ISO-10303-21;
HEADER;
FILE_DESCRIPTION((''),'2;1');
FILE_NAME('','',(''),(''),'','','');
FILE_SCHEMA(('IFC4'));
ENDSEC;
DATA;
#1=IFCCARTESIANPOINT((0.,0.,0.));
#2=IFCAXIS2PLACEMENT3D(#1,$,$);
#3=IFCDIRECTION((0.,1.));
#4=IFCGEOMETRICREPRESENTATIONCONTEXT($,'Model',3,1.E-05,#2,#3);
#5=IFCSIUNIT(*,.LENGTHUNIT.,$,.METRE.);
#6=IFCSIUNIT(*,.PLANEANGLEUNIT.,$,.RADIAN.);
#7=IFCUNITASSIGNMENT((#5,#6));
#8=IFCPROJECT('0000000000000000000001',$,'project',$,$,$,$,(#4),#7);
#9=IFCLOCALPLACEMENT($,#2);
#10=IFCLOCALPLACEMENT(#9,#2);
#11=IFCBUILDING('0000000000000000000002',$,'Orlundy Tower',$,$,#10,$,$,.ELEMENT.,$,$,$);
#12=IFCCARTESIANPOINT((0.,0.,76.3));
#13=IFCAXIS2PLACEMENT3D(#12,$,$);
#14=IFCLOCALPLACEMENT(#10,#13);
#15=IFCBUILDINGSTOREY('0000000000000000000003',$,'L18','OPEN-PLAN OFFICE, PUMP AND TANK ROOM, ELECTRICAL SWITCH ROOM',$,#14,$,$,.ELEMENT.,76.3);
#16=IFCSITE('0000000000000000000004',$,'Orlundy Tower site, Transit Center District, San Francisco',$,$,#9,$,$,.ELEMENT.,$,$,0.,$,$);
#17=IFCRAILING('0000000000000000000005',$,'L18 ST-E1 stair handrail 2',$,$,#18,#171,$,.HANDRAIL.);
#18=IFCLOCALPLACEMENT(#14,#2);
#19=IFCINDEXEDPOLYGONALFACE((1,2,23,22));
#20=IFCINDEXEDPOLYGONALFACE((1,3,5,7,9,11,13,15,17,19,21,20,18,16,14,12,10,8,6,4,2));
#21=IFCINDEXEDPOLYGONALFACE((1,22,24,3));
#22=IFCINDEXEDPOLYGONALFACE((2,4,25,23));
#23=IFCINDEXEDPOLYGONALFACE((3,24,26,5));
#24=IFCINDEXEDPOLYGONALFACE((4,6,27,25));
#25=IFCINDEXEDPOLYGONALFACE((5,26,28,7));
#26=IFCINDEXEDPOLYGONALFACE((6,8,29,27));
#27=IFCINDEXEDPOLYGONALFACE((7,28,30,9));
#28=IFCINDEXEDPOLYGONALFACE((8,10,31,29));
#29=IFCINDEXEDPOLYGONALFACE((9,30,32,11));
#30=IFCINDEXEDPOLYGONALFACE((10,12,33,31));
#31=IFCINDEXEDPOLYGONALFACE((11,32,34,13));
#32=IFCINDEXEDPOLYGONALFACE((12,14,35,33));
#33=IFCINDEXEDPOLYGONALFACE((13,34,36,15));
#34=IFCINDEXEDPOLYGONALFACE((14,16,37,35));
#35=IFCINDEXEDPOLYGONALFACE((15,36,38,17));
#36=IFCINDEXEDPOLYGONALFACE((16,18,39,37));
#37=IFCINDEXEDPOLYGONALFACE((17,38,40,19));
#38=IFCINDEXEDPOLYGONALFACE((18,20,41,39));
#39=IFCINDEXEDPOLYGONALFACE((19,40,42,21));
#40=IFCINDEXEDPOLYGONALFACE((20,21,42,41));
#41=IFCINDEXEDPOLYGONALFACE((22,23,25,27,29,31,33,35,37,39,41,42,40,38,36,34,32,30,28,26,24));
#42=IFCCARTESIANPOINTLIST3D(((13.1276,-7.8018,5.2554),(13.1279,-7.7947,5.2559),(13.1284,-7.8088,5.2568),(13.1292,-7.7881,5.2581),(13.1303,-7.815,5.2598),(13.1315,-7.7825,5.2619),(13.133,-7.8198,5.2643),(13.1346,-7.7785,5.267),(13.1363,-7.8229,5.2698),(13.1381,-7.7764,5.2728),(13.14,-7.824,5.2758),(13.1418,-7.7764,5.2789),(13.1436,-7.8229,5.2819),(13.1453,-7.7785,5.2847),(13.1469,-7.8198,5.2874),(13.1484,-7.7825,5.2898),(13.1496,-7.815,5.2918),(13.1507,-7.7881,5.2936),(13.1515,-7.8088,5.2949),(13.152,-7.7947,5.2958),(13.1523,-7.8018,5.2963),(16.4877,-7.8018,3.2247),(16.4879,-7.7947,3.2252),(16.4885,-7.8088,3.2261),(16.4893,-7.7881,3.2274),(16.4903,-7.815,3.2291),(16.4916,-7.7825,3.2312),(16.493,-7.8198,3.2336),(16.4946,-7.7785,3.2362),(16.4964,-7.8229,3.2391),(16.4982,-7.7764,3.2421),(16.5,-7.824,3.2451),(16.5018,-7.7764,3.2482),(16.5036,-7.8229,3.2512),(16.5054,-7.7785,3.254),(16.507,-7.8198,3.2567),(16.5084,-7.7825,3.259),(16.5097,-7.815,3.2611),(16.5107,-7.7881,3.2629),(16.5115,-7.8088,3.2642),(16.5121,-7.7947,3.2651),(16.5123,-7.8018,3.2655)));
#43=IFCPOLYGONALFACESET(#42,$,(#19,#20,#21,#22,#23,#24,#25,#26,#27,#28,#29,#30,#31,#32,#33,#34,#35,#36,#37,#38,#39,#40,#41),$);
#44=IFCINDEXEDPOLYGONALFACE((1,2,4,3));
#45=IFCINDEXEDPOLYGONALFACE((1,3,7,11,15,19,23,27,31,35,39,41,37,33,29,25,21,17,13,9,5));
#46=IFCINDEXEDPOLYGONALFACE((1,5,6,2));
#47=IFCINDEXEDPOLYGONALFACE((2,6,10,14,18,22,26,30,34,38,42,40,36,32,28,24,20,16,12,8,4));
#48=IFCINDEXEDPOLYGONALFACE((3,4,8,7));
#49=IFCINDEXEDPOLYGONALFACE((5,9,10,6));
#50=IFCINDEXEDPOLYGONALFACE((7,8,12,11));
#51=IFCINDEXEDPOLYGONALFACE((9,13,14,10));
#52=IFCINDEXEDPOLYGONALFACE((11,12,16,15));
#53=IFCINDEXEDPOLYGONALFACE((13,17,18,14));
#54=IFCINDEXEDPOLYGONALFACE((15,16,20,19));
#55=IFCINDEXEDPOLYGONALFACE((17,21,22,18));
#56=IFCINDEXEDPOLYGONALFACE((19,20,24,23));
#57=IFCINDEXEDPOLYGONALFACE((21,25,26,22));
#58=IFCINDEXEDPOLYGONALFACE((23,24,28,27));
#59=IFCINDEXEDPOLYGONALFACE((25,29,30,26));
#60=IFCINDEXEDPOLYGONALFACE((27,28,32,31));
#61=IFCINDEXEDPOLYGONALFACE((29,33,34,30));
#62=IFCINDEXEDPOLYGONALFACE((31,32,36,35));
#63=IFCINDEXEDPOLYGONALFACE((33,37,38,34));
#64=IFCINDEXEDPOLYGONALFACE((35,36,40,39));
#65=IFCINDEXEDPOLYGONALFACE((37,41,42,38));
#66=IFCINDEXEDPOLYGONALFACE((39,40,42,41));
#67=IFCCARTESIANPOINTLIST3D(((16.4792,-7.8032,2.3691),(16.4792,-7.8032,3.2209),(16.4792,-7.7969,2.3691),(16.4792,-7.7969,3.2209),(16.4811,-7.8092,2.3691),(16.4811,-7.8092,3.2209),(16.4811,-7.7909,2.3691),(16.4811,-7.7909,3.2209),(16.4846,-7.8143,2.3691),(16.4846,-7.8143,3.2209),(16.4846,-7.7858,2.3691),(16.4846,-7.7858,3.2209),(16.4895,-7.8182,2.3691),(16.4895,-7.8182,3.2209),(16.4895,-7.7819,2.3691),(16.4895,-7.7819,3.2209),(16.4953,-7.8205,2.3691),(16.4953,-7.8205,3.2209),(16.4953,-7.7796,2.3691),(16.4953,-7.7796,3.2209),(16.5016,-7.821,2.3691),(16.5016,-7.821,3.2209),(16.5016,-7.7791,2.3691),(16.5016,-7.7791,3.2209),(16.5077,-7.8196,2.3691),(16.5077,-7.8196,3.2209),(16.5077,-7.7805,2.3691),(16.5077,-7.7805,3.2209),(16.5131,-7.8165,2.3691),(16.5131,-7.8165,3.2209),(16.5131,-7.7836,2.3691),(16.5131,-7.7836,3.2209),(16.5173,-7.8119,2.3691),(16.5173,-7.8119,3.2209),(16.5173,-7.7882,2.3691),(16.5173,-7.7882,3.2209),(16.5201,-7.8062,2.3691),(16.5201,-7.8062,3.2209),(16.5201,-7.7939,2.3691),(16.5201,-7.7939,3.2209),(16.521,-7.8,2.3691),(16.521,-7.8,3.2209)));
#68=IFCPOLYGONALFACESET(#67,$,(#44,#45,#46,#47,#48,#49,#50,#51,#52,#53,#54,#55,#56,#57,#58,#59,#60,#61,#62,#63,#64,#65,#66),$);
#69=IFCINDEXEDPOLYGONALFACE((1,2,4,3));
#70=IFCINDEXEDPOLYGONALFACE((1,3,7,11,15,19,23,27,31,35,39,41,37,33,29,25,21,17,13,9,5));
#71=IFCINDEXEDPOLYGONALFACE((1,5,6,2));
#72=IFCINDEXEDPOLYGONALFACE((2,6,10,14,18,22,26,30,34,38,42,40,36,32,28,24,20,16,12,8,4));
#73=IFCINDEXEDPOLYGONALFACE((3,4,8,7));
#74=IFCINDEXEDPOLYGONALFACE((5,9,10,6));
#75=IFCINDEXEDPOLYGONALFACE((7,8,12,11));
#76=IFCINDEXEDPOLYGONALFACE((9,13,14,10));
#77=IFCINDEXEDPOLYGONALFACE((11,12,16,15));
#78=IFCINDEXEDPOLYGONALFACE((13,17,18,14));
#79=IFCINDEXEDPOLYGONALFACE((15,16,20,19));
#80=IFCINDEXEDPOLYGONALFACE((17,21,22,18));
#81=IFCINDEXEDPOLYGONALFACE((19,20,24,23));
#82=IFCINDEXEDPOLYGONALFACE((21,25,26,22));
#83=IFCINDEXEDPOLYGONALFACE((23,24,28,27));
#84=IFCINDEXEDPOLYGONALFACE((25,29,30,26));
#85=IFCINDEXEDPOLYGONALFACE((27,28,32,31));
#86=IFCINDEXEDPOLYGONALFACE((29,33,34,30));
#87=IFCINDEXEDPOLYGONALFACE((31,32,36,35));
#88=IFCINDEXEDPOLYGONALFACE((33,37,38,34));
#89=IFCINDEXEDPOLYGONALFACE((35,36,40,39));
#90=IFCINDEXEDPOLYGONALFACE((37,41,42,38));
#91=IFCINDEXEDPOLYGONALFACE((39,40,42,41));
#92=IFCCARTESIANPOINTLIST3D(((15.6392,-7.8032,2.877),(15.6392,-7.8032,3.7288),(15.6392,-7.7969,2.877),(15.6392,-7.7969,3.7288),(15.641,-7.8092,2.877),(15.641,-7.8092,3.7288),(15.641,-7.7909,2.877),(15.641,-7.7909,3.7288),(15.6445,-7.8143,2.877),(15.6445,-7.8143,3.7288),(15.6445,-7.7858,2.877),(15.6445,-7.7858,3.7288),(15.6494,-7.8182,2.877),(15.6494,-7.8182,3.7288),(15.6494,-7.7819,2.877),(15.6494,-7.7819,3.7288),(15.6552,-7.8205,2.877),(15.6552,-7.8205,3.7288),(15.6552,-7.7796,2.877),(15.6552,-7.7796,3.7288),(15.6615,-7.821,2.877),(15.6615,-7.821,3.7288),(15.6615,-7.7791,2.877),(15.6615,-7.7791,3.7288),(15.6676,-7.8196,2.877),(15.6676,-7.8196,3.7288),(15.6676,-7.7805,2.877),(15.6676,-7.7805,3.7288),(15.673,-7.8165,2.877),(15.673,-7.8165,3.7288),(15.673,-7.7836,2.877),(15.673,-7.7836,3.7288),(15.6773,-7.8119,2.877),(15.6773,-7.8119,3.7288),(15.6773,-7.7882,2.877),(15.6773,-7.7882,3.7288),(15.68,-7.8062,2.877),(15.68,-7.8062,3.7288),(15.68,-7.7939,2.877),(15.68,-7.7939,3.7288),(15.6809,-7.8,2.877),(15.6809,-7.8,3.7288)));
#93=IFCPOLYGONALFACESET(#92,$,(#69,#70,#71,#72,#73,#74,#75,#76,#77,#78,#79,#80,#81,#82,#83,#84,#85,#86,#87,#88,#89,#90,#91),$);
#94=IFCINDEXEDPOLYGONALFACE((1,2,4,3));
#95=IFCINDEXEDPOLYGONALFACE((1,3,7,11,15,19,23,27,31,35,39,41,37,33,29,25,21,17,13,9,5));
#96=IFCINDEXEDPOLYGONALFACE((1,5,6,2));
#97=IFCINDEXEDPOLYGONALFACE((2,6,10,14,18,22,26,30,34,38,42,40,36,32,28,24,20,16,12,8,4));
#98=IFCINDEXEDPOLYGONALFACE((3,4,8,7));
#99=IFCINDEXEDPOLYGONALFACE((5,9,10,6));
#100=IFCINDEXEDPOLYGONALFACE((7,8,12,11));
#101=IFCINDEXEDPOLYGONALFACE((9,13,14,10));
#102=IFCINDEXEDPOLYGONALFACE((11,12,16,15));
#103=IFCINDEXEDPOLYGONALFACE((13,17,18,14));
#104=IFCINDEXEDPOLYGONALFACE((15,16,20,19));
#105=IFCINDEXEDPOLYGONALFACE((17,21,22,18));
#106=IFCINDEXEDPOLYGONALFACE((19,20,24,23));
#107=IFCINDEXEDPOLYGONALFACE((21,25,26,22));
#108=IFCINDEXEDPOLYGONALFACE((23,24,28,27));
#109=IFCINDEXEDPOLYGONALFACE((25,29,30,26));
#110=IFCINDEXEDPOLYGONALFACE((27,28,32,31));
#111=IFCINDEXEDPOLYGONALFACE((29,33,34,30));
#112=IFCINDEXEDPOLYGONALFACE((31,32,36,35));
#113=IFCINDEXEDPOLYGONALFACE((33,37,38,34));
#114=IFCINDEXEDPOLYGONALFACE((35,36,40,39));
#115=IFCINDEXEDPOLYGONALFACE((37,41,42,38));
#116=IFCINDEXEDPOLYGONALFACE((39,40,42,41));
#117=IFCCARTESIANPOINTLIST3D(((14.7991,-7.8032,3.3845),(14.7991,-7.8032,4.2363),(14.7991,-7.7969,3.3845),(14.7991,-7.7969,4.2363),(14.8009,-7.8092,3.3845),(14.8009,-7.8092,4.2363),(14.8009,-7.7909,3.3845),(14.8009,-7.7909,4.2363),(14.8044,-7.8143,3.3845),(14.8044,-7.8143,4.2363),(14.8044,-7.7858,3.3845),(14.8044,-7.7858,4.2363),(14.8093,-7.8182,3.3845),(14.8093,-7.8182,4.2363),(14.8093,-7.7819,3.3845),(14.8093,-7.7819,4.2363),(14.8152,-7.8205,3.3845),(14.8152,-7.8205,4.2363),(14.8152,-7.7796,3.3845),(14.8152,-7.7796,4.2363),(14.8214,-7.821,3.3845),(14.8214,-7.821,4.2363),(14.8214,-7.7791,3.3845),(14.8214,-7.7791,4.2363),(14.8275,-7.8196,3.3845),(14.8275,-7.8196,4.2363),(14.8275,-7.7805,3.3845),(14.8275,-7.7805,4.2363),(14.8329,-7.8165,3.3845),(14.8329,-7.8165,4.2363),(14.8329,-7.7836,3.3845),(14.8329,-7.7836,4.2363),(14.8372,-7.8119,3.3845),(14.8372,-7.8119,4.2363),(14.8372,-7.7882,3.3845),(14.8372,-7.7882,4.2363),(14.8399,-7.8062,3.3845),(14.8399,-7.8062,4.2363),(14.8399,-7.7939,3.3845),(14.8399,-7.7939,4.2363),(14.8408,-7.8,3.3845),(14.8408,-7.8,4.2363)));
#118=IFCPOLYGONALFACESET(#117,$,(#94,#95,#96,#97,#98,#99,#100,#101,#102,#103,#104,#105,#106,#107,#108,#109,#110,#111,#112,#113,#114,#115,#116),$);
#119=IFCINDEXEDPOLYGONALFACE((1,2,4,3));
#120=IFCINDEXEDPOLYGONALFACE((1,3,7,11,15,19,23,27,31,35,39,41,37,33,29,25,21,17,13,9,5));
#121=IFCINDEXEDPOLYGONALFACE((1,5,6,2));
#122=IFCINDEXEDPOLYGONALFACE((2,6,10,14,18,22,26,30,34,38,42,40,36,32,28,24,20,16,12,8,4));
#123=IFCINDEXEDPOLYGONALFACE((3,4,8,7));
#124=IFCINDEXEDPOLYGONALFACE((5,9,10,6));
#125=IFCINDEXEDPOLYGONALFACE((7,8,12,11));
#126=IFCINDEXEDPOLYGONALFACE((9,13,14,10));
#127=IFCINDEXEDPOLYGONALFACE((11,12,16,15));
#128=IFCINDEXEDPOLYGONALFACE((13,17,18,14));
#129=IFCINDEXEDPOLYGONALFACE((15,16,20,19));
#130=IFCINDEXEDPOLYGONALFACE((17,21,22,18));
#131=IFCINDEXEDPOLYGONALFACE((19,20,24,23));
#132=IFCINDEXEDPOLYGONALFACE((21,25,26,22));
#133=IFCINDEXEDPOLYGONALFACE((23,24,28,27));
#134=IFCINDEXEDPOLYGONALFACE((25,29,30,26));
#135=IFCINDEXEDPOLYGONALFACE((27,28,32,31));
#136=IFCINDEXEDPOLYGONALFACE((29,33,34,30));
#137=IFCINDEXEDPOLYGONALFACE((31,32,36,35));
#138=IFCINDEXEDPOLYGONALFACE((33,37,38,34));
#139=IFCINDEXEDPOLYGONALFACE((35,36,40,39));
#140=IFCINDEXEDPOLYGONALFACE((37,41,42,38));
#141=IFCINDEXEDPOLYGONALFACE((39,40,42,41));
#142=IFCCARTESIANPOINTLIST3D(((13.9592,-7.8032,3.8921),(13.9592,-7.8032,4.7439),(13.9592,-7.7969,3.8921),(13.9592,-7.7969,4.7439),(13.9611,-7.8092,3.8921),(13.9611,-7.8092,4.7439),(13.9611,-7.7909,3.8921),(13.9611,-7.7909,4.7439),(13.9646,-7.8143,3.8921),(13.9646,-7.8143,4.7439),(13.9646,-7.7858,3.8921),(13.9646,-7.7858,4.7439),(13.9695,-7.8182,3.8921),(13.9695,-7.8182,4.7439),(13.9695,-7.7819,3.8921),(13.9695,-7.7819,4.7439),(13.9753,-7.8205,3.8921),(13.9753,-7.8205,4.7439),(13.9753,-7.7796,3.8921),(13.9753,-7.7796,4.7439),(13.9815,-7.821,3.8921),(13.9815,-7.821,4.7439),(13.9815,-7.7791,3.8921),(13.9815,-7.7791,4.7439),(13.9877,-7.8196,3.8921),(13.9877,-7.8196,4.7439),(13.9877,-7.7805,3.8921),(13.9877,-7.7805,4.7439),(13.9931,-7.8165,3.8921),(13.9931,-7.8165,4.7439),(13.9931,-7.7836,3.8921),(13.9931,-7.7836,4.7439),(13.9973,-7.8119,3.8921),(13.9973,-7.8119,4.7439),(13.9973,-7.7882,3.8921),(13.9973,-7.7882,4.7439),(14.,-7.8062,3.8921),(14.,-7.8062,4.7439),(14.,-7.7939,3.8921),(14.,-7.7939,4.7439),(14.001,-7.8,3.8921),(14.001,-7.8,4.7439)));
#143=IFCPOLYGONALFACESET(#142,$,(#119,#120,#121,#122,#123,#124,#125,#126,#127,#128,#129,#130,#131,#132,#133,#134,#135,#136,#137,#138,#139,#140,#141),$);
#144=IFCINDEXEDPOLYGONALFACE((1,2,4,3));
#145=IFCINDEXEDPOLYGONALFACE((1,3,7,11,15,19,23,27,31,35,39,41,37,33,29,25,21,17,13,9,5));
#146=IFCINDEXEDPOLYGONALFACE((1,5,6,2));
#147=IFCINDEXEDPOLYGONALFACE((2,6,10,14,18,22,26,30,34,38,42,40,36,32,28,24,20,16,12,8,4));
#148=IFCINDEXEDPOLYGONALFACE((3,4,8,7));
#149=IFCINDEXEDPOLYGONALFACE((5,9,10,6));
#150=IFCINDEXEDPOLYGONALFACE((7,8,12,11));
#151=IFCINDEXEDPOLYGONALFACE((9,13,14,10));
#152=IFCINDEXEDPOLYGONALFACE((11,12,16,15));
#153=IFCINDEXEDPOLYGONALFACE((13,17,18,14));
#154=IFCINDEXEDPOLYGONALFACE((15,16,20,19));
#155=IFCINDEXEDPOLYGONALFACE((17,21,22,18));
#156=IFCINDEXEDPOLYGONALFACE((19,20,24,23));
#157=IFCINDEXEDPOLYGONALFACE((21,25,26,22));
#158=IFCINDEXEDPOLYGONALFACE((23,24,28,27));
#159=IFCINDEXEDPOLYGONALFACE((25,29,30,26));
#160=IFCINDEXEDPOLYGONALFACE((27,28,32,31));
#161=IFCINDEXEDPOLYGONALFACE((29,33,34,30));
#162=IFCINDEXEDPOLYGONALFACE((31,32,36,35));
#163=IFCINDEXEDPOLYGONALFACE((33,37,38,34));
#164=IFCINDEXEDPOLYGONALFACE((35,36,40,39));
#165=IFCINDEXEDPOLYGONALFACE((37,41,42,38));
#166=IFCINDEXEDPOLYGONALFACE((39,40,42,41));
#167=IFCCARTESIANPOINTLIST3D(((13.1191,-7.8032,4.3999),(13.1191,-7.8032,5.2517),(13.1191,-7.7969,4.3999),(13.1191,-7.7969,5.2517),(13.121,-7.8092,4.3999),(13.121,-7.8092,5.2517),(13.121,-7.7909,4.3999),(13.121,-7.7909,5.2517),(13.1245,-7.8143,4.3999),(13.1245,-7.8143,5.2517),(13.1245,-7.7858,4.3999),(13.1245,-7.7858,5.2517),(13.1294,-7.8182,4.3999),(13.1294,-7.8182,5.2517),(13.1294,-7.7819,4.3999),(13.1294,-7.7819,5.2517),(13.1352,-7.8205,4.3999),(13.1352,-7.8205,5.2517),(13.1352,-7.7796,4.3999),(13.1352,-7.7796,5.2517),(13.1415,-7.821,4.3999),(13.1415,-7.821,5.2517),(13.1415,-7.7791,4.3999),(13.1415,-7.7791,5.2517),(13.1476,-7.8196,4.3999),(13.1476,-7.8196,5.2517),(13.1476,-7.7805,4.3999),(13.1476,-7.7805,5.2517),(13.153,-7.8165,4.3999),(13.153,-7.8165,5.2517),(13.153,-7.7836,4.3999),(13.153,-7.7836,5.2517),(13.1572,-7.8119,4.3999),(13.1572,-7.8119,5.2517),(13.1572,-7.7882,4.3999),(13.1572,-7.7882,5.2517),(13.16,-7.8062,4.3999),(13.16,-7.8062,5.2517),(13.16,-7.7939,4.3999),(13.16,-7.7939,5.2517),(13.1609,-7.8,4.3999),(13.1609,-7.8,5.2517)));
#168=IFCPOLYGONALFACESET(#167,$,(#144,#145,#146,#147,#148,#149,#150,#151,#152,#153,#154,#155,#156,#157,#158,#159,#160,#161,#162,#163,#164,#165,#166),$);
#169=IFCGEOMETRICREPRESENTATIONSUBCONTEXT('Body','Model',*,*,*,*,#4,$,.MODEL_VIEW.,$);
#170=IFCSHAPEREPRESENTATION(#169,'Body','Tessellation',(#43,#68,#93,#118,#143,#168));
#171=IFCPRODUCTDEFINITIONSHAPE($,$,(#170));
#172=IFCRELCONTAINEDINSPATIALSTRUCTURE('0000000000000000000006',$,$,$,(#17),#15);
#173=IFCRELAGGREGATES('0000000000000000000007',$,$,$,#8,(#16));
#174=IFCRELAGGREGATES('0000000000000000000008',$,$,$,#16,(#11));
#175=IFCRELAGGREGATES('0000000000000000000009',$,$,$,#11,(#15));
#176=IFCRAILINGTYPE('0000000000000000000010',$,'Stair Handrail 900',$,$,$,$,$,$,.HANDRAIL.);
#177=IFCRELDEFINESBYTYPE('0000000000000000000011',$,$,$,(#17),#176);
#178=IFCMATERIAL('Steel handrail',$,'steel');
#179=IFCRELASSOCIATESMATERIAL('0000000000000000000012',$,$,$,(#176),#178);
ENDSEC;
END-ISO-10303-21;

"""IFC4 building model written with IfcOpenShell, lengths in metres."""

from ifc_helpers import new_model, si_unit, direction, frame, origin, origin_2d, place, context, subcontext, project, spatial, circle, extrude, material, type_object, element, save


model = new_model("IFC4")

# Units and contexts
model_context = context("Model", 3, precision=1e-05, world=origin(), true_north=direction((0.0, 1.0)))
body_context = subcontext(model_context, "Body", "Model", "MODEL_VIEW")
ifc_project = project(units=[si_unit("LENGTHUNIT", "METRE"), si_unit("PLANEANGLEUNIT", "RADIAN")], contexts=[model_context])

# Site, building, storey
site_placement = place(None, origin())
site = spatial("IfcSite", under=ifc_project, at=site_placement, Name="Orlundy Tower site, Transit Center District, San Francisco", CompositionType="ELEMENT", RefElevation=0.0)
building_placement = place(site_placement, origin())
building = spatial("IfcBuilding", under=site, at=building_placement, Name="Orlundy Tower", CompositionType="ELEMENT")
storey_placement = place(building_placement, frame((0.0, 0.0, 76.3)))
storey = spatial("IfcBuildingStorey", under=building, at=storey_placement, Name="L18", Description="OPEN-PLAN OFFICE, PUMP AND TANK ROOM, ELECTRICAL SWITCH ROOM", CompositionType="ELEMENT", Elevation=76.3)

# Railing
ifc_material_1 = material(Name="Steel handrail", Category="steel")
railing_type = type_object("IfcRailingType", Name="Stair Handrail 900", PredefinedType="HANDRAIL", material=ifc_material_1)
railing_placement = place(storey_placement, frame((16.5, -7.8, 2.3691)))
element("IfcRailing", 1, at=railing_placement, inside=storey, type_object=railing_type, Name="L18 ST-E1 stair handrail 2", PredefinedType="HANDRAIL", context=body_context, shape_type="SweptSolid", body=[
    extrude(circle(Radius=0.0239, at=origin_2d()), frame((0.0, 0.0, 0.876), z_axis=(-0.855837, 0.0, 0.517246), x_axis=(0.0, -1.0, 0.0)), (0.0, 0.0, 1.0), 3.926),
    extrude(circle(Radius=0.021, at=origin_2d()), origin(), (0.0, 0.0, 1.0), 0.8518),
    extrude(circle(Radius=0.021, at=origin_2d()), frame((-0.8401, 0.0, 0.5078)), (0.0, 0.0, 1.0), 0.8518),
    extrude(circle(Radius=0.021, at=origin_2d()), frame((-1.6802, 0.0, 1.0154)), (0.0, 0.0, 1.0), 0.8518),
    extrude(circle(Radius=0.021, at=origin_2d()), frame((-2.52, 0.0, 1.5229)), (0.0, 0.0, 1.0), 0.8518),
    extrude(circle(Radius=0.021, at=origin_2d()), frame((-3.3601, 0.0, 2.0308)), (0.0, 0.0, 1.0), 0.8518),
])

save(model, "model.ifc")
